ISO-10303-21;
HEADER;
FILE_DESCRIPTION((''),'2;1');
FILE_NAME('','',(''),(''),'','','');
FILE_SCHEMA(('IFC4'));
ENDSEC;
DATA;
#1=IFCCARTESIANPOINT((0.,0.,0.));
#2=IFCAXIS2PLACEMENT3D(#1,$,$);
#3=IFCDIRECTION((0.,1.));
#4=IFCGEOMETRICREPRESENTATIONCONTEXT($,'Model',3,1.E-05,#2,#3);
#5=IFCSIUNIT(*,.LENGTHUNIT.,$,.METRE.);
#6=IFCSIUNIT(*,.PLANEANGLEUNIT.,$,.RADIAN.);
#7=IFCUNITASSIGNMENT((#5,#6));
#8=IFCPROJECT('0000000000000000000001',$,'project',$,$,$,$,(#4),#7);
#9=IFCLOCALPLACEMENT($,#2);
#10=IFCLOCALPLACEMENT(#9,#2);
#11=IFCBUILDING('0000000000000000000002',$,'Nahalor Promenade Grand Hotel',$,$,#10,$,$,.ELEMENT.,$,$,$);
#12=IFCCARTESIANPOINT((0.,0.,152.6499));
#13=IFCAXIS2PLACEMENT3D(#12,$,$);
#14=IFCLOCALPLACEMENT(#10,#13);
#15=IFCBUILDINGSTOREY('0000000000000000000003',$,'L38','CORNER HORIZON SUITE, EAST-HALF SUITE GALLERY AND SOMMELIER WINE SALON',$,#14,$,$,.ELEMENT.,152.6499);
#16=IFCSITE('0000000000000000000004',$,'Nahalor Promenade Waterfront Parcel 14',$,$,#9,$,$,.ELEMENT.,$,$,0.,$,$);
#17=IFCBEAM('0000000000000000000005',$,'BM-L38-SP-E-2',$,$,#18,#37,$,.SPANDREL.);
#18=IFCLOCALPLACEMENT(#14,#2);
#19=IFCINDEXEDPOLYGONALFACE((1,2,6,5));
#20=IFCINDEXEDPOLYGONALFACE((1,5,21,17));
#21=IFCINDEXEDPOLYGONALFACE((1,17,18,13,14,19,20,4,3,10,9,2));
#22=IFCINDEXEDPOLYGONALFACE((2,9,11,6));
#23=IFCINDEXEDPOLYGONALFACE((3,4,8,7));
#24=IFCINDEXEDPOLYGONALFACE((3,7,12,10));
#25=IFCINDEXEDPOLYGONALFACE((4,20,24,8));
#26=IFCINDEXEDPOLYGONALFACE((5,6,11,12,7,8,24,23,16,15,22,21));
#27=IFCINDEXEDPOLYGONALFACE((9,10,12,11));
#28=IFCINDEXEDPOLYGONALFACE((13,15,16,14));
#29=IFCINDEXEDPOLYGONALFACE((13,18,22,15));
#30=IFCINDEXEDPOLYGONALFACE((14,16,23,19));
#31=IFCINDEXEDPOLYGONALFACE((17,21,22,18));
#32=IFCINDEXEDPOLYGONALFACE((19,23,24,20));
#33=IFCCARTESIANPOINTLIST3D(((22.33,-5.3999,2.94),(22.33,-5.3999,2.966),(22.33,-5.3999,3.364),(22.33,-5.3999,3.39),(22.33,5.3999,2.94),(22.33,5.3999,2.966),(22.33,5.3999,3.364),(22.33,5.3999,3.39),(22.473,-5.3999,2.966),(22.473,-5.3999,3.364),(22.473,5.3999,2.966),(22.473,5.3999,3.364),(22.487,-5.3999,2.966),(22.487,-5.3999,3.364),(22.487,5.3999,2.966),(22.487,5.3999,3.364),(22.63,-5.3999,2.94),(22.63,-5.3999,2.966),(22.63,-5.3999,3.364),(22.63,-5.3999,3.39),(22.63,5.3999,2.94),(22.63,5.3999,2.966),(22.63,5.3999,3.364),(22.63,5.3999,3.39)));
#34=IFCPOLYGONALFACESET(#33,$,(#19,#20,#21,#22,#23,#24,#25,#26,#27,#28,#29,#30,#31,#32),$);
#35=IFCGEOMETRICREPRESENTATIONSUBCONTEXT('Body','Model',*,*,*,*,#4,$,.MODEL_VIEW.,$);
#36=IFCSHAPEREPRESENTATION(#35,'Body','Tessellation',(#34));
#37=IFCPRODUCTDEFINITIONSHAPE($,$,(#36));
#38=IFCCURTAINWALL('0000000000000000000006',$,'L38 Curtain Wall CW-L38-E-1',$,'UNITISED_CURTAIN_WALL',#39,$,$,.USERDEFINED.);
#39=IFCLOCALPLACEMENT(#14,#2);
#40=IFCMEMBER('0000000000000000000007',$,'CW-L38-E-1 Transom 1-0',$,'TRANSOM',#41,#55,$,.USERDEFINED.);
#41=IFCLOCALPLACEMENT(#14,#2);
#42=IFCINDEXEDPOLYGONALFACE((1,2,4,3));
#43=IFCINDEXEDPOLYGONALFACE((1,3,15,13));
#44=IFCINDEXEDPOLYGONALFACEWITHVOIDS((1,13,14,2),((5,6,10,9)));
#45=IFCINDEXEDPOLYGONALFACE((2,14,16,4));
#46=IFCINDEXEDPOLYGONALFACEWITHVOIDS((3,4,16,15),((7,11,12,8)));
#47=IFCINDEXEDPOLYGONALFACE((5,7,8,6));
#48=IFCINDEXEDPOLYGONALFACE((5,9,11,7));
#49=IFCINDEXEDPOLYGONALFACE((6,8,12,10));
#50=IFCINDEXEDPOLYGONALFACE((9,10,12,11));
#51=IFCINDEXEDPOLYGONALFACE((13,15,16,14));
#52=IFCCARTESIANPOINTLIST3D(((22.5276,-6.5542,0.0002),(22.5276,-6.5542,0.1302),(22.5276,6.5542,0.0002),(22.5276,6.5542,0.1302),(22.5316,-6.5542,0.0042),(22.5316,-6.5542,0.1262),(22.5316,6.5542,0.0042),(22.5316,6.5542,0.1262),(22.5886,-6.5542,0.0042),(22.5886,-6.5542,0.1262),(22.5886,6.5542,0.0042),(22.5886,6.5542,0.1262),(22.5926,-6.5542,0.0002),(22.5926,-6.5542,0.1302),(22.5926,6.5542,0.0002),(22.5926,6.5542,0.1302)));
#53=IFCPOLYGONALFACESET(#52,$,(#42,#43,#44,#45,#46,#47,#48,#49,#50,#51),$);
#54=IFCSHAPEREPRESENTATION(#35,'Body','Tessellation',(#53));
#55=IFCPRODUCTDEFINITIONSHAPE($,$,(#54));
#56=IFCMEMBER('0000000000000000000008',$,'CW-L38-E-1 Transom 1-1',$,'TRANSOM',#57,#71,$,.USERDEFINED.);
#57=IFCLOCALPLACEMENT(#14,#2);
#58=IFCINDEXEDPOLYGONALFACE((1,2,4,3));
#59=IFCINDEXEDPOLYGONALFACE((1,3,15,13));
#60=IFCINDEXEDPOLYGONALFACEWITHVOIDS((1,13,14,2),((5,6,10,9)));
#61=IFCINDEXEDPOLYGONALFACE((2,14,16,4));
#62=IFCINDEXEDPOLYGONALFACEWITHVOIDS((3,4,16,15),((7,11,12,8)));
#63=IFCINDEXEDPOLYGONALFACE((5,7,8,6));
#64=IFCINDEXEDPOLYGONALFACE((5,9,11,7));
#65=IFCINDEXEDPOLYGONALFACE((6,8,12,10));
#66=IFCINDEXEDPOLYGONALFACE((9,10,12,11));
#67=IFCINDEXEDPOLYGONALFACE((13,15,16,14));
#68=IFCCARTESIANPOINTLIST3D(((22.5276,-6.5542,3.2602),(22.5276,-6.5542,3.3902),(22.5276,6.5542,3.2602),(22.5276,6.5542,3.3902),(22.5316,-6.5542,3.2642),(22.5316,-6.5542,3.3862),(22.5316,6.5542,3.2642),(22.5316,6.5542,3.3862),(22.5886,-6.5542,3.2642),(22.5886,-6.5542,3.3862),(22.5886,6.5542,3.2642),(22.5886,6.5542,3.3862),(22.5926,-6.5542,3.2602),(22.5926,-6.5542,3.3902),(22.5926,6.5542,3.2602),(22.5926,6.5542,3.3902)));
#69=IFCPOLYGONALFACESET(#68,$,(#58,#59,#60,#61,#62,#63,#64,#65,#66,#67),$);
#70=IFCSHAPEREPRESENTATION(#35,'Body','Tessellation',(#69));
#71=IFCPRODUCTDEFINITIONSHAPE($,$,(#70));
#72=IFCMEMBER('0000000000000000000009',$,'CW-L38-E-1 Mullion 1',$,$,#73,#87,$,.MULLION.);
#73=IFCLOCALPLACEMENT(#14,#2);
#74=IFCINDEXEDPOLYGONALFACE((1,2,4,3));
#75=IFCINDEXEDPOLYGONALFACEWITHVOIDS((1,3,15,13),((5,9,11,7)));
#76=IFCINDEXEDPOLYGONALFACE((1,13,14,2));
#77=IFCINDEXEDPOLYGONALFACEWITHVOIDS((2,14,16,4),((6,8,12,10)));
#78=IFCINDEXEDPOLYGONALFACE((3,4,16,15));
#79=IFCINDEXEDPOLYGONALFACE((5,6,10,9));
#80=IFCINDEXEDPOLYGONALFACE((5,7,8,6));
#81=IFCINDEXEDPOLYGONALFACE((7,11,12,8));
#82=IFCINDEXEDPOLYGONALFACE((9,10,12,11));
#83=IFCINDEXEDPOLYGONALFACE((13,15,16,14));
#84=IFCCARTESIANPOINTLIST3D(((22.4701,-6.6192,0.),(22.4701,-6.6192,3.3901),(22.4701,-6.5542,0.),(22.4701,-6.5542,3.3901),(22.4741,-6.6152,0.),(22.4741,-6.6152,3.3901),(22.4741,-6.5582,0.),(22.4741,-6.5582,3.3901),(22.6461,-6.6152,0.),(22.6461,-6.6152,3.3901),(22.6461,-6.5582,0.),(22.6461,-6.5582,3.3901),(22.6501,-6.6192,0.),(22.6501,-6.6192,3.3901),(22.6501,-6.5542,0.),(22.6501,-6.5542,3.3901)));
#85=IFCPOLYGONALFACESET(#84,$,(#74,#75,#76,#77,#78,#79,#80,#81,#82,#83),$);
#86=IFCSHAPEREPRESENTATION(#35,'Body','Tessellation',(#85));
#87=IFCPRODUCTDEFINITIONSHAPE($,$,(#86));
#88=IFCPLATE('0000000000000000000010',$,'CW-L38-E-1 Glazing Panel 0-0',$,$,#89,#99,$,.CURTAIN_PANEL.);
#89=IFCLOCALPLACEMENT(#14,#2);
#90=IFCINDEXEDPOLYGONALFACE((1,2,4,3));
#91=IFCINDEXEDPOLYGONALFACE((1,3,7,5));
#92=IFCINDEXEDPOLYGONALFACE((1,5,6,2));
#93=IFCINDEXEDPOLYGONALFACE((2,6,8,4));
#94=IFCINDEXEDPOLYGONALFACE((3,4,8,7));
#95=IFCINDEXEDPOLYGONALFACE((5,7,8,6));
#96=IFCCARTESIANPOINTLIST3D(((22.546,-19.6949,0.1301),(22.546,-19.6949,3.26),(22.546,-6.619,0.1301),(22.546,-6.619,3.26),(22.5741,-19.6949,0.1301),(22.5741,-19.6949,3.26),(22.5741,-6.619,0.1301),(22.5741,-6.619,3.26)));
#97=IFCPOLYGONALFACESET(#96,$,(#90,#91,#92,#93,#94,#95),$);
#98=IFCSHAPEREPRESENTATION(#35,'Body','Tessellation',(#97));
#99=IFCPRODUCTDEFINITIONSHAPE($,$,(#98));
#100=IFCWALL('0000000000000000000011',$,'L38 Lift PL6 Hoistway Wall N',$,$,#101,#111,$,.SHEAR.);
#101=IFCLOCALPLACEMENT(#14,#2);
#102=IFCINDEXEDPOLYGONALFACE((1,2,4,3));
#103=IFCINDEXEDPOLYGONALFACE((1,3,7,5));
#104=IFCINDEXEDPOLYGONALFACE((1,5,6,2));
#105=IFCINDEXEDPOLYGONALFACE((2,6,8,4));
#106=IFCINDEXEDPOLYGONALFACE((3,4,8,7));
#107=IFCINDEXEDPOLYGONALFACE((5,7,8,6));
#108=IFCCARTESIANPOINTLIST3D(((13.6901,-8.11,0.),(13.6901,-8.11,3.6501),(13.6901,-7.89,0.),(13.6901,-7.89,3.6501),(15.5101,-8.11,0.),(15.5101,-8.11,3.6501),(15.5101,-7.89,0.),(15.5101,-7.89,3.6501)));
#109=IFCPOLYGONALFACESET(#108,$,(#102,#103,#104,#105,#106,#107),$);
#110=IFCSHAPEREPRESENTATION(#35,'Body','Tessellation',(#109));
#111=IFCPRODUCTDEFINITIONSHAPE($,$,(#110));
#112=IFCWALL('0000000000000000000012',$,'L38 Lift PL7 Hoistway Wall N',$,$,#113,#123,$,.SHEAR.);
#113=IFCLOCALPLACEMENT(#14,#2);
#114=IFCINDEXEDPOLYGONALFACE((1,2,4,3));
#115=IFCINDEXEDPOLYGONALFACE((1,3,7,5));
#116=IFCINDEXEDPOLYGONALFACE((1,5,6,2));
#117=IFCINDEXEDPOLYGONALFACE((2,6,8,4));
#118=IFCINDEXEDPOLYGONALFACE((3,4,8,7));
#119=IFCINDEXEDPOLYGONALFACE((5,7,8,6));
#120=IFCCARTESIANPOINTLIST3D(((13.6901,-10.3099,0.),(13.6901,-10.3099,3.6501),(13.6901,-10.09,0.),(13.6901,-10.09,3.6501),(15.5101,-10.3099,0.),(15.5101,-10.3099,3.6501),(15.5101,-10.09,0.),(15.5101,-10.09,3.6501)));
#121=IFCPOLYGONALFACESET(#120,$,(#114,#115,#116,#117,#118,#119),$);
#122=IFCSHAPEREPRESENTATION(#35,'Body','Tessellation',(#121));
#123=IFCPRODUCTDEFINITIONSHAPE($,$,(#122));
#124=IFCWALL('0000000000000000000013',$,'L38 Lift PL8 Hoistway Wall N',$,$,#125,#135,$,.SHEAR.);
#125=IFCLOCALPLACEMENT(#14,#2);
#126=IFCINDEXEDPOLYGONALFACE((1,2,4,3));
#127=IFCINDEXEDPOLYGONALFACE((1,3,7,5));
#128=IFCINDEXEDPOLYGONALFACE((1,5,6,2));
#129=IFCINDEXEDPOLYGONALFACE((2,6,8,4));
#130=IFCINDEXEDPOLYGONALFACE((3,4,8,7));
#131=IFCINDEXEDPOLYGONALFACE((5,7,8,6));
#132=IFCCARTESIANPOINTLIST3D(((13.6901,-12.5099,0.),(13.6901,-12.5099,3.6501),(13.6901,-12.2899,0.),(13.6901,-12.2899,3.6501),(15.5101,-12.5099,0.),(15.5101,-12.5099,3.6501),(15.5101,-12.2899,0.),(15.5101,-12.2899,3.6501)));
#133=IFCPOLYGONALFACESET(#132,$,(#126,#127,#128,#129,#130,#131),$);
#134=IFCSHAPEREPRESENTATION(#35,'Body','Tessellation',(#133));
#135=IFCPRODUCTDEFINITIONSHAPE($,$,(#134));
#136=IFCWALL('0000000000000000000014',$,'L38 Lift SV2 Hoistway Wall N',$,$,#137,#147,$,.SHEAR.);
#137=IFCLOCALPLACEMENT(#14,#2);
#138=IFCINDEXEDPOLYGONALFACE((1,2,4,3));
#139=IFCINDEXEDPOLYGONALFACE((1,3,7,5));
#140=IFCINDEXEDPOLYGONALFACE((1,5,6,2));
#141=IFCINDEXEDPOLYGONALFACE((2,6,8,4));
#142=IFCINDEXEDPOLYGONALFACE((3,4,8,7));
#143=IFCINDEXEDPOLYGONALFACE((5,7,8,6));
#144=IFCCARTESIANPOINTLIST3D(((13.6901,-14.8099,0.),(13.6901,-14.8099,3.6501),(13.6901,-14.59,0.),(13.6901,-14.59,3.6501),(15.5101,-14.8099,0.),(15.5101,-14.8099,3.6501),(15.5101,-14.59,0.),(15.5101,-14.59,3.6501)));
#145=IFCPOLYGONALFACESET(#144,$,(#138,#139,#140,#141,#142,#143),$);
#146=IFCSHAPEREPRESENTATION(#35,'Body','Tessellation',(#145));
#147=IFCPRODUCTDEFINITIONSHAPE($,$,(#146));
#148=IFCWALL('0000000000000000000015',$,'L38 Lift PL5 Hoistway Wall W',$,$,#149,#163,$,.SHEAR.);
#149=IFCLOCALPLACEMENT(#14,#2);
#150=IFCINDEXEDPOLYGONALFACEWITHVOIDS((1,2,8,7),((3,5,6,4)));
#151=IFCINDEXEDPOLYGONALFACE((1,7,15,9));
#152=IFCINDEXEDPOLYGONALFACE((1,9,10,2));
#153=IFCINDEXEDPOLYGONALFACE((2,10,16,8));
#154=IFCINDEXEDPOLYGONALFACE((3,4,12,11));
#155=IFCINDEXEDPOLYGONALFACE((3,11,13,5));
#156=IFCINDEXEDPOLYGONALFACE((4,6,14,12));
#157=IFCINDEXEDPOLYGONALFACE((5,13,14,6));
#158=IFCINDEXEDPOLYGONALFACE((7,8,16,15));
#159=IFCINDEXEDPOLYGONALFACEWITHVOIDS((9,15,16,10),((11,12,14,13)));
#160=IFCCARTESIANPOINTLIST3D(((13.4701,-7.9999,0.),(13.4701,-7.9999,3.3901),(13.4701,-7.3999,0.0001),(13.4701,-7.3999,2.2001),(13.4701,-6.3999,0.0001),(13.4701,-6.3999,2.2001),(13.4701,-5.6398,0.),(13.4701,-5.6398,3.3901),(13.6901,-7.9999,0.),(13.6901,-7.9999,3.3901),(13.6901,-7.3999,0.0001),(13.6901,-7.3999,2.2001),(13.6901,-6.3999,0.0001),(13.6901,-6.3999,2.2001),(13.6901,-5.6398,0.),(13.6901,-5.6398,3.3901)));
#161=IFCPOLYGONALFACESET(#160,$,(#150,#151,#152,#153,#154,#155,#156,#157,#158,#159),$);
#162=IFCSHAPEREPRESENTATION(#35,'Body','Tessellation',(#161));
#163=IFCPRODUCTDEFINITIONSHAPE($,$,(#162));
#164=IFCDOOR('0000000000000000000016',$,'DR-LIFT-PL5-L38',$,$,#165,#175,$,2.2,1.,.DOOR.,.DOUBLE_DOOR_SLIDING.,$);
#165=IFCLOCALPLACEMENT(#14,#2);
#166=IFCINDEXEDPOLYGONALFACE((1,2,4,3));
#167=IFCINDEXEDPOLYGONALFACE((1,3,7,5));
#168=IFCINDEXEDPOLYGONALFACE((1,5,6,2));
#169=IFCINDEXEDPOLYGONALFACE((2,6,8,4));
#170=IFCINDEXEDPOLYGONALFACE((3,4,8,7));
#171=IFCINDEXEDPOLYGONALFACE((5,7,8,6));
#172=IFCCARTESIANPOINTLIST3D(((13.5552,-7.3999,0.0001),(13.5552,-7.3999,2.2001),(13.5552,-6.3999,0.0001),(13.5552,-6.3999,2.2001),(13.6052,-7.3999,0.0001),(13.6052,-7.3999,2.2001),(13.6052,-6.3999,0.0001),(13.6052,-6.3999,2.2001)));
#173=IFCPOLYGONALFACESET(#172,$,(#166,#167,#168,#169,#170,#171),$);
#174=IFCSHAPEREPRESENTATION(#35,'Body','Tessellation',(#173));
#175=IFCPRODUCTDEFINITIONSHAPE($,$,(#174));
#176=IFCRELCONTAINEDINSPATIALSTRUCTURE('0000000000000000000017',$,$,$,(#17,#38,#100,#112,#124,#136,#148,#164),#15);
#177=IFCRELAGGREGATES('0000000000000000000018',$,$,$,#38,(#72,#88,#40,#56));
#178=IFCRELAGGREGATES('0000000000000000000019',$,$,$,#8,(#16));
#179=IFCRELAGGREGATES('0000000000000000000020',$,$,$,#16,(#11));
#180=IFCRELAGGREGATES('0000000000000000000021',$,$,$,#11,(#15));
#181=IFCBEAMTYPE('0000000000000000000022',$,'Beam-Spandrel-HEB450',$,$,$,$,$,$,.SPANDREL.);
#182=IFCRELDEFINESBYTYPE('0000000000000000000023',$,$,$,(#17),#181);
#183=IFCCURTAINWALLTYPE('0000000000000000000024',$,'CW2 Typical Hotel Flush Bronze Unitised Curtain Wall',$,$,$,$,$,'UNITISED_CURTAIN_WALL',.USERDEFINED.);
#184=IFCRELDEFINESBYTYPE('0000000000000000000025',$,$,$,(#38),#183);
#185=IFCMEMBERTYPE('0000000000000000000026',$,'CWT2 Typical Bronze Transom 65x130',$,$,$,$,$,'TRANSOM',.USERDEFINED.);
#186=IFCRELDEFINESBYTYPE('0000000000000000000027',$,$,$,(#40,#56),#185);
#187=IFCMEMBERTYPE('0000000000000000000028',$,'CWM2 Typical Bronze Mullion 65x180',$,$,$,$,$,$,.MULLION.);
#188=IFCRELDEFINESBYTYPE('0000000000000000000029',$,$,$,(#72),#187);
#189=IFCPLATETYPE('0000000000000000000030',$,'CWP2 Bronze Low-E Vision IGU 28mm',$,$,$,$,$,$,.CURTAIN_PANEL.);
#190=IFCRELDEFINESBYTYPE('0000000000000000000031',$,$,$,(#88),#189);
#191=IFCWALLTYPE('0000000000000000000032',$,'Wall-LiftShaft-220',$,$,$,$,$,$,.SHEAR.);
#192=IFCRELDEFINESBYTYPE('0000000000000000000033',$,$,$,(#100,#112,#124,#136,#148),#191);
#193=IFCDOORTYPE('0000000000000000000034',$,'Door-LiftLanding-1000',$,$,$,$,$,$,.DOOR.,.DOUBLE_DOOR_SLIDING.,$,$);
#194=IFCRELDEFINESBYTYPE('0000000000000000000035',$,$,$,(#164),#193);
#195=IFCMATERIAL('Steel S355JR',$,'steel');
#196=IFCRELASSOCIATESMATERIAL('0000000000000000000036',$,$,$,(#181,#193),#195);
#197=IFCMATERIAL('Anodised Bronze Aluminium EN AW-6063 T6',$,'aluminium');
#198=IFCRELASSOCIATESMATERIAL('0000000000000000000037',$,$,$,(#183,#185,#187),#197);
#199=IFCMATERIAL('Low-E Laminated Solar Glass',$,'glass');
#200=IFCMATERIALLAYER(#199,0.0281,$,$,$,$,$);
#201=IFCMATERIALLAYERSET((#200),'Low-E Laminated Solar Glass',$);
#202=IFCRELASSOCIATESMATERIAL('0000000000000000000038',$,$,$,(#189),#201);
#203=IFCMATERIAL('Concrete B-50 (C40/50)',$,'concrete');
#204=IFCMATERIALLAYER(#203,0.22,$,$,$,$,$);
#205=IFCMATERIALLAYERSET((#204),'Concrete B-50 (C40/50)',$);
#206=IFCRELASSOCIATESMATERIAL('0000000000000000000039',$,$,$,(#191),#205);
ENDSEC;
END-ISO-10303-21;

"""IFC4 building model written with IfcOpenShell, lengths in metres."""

from ifc_helpers import new_model, si_unit, direction, frame, frame_2d, origin, origin_2d, place, context, subcontext, project, spatial, rectangle, hollow_rectangle, i_section, extrude, source, transform, mapped, material, layer, layer_set, material_profile, profile_set, type_object, element, fill, aggregate, save


model = new_model("IFC4")

# Units and contexts
model_context = context("Model", 3, precision=1e-05, world=origin(), true_north=direction((0.0, 1.0)))
body_context = subcontext(model_context, "Body", "Model", "MODEL_VIEW")
ifc_project = project(units=[si_unit("LENGTHUNIT", "METRE"), si_unit("PLANEANGLEUNIT", "RADIAN")], contexts=[model_context])

# Site, building, storey
site_placement = place(None, origin())
site = spatial("IfcSite", under=ifc_project, at=site_placement, Name="Nahalor Promenade Waterfront Parcel 14", CompositionType="ELEMENT", RefElevation=0.0)
building_placement = place(site_placement, origin())
building = spatial("IfcBuilding", under=site, at=building_placement, Name="Nahalor Promenade Grand Hotel", CompositionType="ELEMENT")
storey_placement = place(building_placement, frame((0.0, 0.0, 152.6499)))
storey = spatial("IfcBuildingStorey", under=building, at=storey_placement, Name="L38", Description="CORNER HORIZON SUITE, EAST-HALF SUITE GALLERY AND SOMMELIER WINE SALON", CompositionType="ELEMENT", Elevation=152.6499)

# Beam
ifc_material_1 = material(Name="Steel S355JR", Category="steel")
ifc_material_profile_1 = material_profile(ifc_material_1, i_section(OverallWidth=0.3, OverallDepth=0.45, WebThickness=0.014, FlangeThickness=0.026, at=origin_2d()), Name="HEB 450")
ifc_profile_set_1 = profile_set([ifc_material_profile_1], Name="Steel S355JR")
beam_type_1 = type_object("IfcBeamType", Name="Beam-Spandrel-HEB450", PredefinedType="SPANDREL", material=ifc_profile_set_1)
shared_shape_1 = source(origin(), body_context, "Body", "SweptSolid", [
    extrude(i_section(OverallWidth=0.3, OverallDepth=0.45, WebThickness=0.014, FlangeThickness=0.026, at=origin_2d()), origin(), (0.0, 0.0, 1.0), 10.7998),
])
beam_1_placement = place(storey_placement, frame((22.48, -5.3999, 3.165), z_axis=(0.0, 1.0, 0.0), x_axis=(-1.0, 0.0, 0.0)))
element("IfcBeam", 1, at=beam_1_placement, inside=storey, type_object=beam_type_1, Name="BM-L38-SP-E-2", PredefinedType="SPANDREL", context=body_context, shape_type="MappedRepresentation", body=[
    mapped(shared_shape_1, transform((0.0, 0.0, 0.0), scale=1.0)),
])

# Curtain wall, members, plate
ifc_material_2 = material(Name="Anodised Bronze Aluminium EN AW-6063 T6", Category="aluminium")
curtain_wall_type = type_object("IfcCurtainWallType", Name="CW2 Typical Hotel Flush Bronze Unitised Curtain Wall", ElementType="UNITISED_CURTAIN_WALL", PredefinedType="USERDEFINED", material=ifc_material_2)
curtain_wall_placement = place(storey_placement, origin())
curtain_wall = element("IfcCurtainWall", 2, at=curtain_wall_placement, inside=storey, type_object=curtain_wall_type, Name="L38 Curtain Wall CW-L38-E-1", ObjectType="UNITISED_CURTAIN_WALL", PredefinedType="USERDEFINED")
ifc_material_profile_2 = material_profile(ifc_material_2, hollow_rectangle(XDim=0.065, YDim=0.13, WallThickness=0.004, at=origin_2d()), Name="CWT 65x130x4")
ifc_profile_set_2 = profile_set([ifc_material_profile_2], Name="Anodised Bronze Aluminium EN AW-6063 T6")
member_type_1 = type_object("IfcMemberType", Name="CWT2 Typical Bronze Transom 65x130", ElementType="TRANSOM", PredefinedType="USERDEFINED", material=ifc_profile_set_2)
shared_shape_2 = source(origin(), body_context, "Body", "SweptSolid", [
    extrude(hollow_rectangle(XDim=0.065, YDim=0.13, WallThickness=0.004, at=origin_2d()), origin(), (0.0, 0.0, 1.0), 13.1084),
])
member_1_placement = place(storey_placement, frame((22.5601, -6.5542, 0.0652), z_axis=(0.0, 1.0, 0.0), x_axis=(-1.0, 0.0, 0.0)))
member_1 = element("IfcMember", 3, at=member_1_placement, type_object=member_type_1, Name="CW-L38-E-1 Transom 1-0", ObjectType="TRANSOM", PredefinedType="USERDEFINED", context=body_context, shape_type="MappedRepresentation", body=[
    mapped(shared_shape_2, transform((0.0, 0.0, 0.0), scale=1.0)),
])
member_2_placement = place(storey_placement, frame((22.5601, -6.5542, 3.3252), z_axis=(0.0, 1.0, 0.0), x_axis=(-1.0, 0.0, 0.0)))
member_2 = element("IfcMember", 4, at=member_2_placement, type_object=member_type_1, Name="CW-L38-E-1 Transom 1-1", ObjectType="TRANSOM", PredefinedType="USERDEFINED", context=body_context, shape_type="MappedRepresentation", body=[
    mapped(shared_shape_2, transform((0.0, 0.0, 0.0), scale=1.0)),
])
ifc_material_profile_3 = material_profile(ifc_material_2, hollow_rectangle(XDim=0.065, YDim=0.18, WallThickness=0.004, at=origin_2d()), Name="CWM 65x180x4")
ifc_profile_set_3 = profile_set([ifc_material_profile_3], Name="Anodised Bronze Aluminium EN AW-6063 T6")
member_type_2 = type_object("IfcMemberType", Name="CWM2 Typical Bronze Mullion 65x180", PredefinedType="MULLION", material=ifc_profile_set_3)
shared_shape_3 = source(origin(), body_context, "Body", "SweptSolid", [
    extrude(hollow_rectangle(XDim=0.065, YDim=0.18, WallThickness=0.004, at=origin_2d()), origin(), (0.0, 0.0, 1.0), 3.3901),
])
member_3_placement = place(storey_placement, frame((22.5601, -6.5867, 0.0), z_axis=(0.0, 0.0, 1.0), x_axis=(0.0, 1.0, 0.0)))
member_3 = element("IfcMember", 5, at=member_3_placement, type_object=member_type_2, Name="CW-L38-E-1 Mullion 1", PredefinedType="MULLION", context=body_context, shape_type="MappedRepresentation", body=[
    mapped(shared_shape_3, transform((0.0, 0.0, 0.0), scale=1.0)),
])
ifc_material_3 = material(Name="Low-E Laminated Solar Glass", Category="glass")
ifc_layer_1 = layer(ifc_material_3, 0.0281)
ifc_layer_set_1 = layer_set([ifc_layer_1], Name="Low-E Laminated Solar Glass")
plate_type = type_object("IfcPlateType", Name="CWP2 Bronze Low-E Vision IGU 28mm", PredefinedType="CURTAIN_PANEL", material=ifc_layer_set_1)
shared_shape_4 = source(origin(), body_context, "Body", "SweptSolid", [
    extrude(rectangle(XDim=13.0759, YDim=0.0281, at=origin_2d()), origin(), (0.0, 0.0, 1.0), 3.1299),
])
plate_placement = place(storey_placement, frame((22.5601, -13.157, 0.1301), z_axis=(0.0, 0.0, 1.0), x_axis=(0.0, 1.0, 0.0)))
plate = element("IfcPlate", 6, at=plate_placement, type_object=plate_type, Name="CW-L38-E-1 Glazing Panel 0-0", PredefinedType="CURTAIN_PANEL", context=body_context, shape_type="MappedRepresentation", body=[
    mapped(shared_shape_4, transform((0.0, 0.0, 0.0), scale=1.0)),
])
aggregate(curtain_wall, [member_3, plate, member_1, member_2])

# Walls
ifc_material_4 = material(Name="Concrete B-50 (C40/50)", Category="concrete")
ifc_layer_2 = layer(ifc_material_4, 0.22)
ifc_layer_set_2 = layer_set([ifc_layer_2], Name="Concrete B-50 (C40/50)")
wall_type_1 = type_object("IfcWallType", Name="Wall-LiftShaft-220", PredefinedType="SHEAR", material=ifc_layer_set_2)
shared_shape_5 = source(origin(), body_context, "Body", "SweptSolid", [
    extrude(rectangle(XDim=1.8201, YDim=0.22, at=frame_2d((0.9102, 0.0))), origin(), (0.0, 0.0, 1.0), 3.6501),
])
for number, where, z_axis, x_axis, name in (
    (7, (13.6899, -8.0, 0.0), (0.0, 0.0, 1.0), (1.0, 0.0, 0.0), "L38 Lift PL6 Hoistway Wall N"),
    (8, (13.6899, -10.2, 0.0), (0.0, 0.0, 1.0), (1.0, 0.0, 0.0), "L38 Lift PL7 Hoistway Wall N"),
    (9, (13.6899, -12.3999, 0.0), (0.0, 0.0, 1.0), (1.0, 0.0, 0.0), "L38 Lift PL8 Hoistway Wall N"),
    (10, (13.6899, -14.7, 0.0), (0.0, 0.0, 1.0), (1.0, 0.0, 0.0), "L38 Lift SV2 Hoistway Wall N"),
):
    element("IfcWall", number, at=place(storey_placement, frame(where, z_axis=z_axis, x_axis=x_axis)), inside=storey, type_object=wall_type_1, Name=name, PredefinedType="SHEAR", context=body_context, shape_type="MappedRepresentation", body=[
        mapped(shared_shape_5, transform((0.0, 0.0, 0.0), scale=1.0)),
    ])

# Wall, opening, door
shared_shape_6 = source(origin(), body_context, "Body", "SweptSolid", [
    extrude(rectangle(XDim=2.3601, YDim=0.22, at=frame_2d((1.1802, 0.0))), origin(), (0.0, 0.0, 1.0), 3.3901),
])
wall_1_placement = place(storey_placement, frame((13.5801, -8.0, 0.0), z_axis=(0.0, 0.0, 1.0), x_axis=(0.0, 1.0, 0.0)))
wall_1 = element("IfcWall", 11, at=wall_1_placement, inside=storey, type_object=wall_type_1, Name="L38 Lift PL5 Hoistway Wall W", PredefinedType="SHEAR", context=body_context, shape_type="MappedRepresentation", body=[
    mapped(shared_shape_6, transform((0.0, 0.0, 0.0), scale=1.0)),
])
opening_1_placement = place(wall_1_placement, frame((0.6001, 0.0, 0.0)))
opening_1 = element("IfcOpeningElement", 12, at=opening_1_placement, cuts=wall_1, PredefinedType="OPENING", context=body_context, shape_type="SweptSolid", body=[
    extrude(rectangle(XDim=1.0, YDim=2.2, at=frame_2d((0.5, 1.1001))), frame((0.0, 0.1199, 0.0), z_axis=(0.0, -1.0, 0.0), x_axis=(1.0, 0.0, 0.0)), (0.0, 0.0, 1.0), 0.24),
])
door_type_1 = type_object("IfcDoorType", Name="Door-LiftLanding-1000", OperationType="DOUBLE_DOOR_SLIDING", PredefinedType="DOOR", material=ifc_material_1)
shared_shape_7 = source(origin(), body_context, "Body", "SweptSolid", [
    extrude(rectangle(XDim=1.0, YDim=2.2, at=frame_2d((0.5, 1.1001))), frame((0.0, 0.0249, 0.0), z_axis=(0.0, -1.0, 0.0), x_axis=(1.0, 0.0, 0.0)), (0.0, 0.0, 1.0), 0.05),
])
door_1_placement = place(opening_1_placement, origin())
door_1 = element("IfcDoor", 13, at=door_1_placement, inside=storey, type_object=door_type_1, Name="DR-LIFT-PL5-L38", OperationType="DOUBLE_DOOR_SLIDING", OverallHeight=2.2, OverallWidth=1.0, PredefinedType="DOOR", context=body_context, shape_type="MappedRepresentation", body=[
    mapped(shared_shape_7, transform((0.0, 0.0, 0.0), scale=1.0)),
])
fill(opening_1, door_1)

save(model, "model.ifc")
